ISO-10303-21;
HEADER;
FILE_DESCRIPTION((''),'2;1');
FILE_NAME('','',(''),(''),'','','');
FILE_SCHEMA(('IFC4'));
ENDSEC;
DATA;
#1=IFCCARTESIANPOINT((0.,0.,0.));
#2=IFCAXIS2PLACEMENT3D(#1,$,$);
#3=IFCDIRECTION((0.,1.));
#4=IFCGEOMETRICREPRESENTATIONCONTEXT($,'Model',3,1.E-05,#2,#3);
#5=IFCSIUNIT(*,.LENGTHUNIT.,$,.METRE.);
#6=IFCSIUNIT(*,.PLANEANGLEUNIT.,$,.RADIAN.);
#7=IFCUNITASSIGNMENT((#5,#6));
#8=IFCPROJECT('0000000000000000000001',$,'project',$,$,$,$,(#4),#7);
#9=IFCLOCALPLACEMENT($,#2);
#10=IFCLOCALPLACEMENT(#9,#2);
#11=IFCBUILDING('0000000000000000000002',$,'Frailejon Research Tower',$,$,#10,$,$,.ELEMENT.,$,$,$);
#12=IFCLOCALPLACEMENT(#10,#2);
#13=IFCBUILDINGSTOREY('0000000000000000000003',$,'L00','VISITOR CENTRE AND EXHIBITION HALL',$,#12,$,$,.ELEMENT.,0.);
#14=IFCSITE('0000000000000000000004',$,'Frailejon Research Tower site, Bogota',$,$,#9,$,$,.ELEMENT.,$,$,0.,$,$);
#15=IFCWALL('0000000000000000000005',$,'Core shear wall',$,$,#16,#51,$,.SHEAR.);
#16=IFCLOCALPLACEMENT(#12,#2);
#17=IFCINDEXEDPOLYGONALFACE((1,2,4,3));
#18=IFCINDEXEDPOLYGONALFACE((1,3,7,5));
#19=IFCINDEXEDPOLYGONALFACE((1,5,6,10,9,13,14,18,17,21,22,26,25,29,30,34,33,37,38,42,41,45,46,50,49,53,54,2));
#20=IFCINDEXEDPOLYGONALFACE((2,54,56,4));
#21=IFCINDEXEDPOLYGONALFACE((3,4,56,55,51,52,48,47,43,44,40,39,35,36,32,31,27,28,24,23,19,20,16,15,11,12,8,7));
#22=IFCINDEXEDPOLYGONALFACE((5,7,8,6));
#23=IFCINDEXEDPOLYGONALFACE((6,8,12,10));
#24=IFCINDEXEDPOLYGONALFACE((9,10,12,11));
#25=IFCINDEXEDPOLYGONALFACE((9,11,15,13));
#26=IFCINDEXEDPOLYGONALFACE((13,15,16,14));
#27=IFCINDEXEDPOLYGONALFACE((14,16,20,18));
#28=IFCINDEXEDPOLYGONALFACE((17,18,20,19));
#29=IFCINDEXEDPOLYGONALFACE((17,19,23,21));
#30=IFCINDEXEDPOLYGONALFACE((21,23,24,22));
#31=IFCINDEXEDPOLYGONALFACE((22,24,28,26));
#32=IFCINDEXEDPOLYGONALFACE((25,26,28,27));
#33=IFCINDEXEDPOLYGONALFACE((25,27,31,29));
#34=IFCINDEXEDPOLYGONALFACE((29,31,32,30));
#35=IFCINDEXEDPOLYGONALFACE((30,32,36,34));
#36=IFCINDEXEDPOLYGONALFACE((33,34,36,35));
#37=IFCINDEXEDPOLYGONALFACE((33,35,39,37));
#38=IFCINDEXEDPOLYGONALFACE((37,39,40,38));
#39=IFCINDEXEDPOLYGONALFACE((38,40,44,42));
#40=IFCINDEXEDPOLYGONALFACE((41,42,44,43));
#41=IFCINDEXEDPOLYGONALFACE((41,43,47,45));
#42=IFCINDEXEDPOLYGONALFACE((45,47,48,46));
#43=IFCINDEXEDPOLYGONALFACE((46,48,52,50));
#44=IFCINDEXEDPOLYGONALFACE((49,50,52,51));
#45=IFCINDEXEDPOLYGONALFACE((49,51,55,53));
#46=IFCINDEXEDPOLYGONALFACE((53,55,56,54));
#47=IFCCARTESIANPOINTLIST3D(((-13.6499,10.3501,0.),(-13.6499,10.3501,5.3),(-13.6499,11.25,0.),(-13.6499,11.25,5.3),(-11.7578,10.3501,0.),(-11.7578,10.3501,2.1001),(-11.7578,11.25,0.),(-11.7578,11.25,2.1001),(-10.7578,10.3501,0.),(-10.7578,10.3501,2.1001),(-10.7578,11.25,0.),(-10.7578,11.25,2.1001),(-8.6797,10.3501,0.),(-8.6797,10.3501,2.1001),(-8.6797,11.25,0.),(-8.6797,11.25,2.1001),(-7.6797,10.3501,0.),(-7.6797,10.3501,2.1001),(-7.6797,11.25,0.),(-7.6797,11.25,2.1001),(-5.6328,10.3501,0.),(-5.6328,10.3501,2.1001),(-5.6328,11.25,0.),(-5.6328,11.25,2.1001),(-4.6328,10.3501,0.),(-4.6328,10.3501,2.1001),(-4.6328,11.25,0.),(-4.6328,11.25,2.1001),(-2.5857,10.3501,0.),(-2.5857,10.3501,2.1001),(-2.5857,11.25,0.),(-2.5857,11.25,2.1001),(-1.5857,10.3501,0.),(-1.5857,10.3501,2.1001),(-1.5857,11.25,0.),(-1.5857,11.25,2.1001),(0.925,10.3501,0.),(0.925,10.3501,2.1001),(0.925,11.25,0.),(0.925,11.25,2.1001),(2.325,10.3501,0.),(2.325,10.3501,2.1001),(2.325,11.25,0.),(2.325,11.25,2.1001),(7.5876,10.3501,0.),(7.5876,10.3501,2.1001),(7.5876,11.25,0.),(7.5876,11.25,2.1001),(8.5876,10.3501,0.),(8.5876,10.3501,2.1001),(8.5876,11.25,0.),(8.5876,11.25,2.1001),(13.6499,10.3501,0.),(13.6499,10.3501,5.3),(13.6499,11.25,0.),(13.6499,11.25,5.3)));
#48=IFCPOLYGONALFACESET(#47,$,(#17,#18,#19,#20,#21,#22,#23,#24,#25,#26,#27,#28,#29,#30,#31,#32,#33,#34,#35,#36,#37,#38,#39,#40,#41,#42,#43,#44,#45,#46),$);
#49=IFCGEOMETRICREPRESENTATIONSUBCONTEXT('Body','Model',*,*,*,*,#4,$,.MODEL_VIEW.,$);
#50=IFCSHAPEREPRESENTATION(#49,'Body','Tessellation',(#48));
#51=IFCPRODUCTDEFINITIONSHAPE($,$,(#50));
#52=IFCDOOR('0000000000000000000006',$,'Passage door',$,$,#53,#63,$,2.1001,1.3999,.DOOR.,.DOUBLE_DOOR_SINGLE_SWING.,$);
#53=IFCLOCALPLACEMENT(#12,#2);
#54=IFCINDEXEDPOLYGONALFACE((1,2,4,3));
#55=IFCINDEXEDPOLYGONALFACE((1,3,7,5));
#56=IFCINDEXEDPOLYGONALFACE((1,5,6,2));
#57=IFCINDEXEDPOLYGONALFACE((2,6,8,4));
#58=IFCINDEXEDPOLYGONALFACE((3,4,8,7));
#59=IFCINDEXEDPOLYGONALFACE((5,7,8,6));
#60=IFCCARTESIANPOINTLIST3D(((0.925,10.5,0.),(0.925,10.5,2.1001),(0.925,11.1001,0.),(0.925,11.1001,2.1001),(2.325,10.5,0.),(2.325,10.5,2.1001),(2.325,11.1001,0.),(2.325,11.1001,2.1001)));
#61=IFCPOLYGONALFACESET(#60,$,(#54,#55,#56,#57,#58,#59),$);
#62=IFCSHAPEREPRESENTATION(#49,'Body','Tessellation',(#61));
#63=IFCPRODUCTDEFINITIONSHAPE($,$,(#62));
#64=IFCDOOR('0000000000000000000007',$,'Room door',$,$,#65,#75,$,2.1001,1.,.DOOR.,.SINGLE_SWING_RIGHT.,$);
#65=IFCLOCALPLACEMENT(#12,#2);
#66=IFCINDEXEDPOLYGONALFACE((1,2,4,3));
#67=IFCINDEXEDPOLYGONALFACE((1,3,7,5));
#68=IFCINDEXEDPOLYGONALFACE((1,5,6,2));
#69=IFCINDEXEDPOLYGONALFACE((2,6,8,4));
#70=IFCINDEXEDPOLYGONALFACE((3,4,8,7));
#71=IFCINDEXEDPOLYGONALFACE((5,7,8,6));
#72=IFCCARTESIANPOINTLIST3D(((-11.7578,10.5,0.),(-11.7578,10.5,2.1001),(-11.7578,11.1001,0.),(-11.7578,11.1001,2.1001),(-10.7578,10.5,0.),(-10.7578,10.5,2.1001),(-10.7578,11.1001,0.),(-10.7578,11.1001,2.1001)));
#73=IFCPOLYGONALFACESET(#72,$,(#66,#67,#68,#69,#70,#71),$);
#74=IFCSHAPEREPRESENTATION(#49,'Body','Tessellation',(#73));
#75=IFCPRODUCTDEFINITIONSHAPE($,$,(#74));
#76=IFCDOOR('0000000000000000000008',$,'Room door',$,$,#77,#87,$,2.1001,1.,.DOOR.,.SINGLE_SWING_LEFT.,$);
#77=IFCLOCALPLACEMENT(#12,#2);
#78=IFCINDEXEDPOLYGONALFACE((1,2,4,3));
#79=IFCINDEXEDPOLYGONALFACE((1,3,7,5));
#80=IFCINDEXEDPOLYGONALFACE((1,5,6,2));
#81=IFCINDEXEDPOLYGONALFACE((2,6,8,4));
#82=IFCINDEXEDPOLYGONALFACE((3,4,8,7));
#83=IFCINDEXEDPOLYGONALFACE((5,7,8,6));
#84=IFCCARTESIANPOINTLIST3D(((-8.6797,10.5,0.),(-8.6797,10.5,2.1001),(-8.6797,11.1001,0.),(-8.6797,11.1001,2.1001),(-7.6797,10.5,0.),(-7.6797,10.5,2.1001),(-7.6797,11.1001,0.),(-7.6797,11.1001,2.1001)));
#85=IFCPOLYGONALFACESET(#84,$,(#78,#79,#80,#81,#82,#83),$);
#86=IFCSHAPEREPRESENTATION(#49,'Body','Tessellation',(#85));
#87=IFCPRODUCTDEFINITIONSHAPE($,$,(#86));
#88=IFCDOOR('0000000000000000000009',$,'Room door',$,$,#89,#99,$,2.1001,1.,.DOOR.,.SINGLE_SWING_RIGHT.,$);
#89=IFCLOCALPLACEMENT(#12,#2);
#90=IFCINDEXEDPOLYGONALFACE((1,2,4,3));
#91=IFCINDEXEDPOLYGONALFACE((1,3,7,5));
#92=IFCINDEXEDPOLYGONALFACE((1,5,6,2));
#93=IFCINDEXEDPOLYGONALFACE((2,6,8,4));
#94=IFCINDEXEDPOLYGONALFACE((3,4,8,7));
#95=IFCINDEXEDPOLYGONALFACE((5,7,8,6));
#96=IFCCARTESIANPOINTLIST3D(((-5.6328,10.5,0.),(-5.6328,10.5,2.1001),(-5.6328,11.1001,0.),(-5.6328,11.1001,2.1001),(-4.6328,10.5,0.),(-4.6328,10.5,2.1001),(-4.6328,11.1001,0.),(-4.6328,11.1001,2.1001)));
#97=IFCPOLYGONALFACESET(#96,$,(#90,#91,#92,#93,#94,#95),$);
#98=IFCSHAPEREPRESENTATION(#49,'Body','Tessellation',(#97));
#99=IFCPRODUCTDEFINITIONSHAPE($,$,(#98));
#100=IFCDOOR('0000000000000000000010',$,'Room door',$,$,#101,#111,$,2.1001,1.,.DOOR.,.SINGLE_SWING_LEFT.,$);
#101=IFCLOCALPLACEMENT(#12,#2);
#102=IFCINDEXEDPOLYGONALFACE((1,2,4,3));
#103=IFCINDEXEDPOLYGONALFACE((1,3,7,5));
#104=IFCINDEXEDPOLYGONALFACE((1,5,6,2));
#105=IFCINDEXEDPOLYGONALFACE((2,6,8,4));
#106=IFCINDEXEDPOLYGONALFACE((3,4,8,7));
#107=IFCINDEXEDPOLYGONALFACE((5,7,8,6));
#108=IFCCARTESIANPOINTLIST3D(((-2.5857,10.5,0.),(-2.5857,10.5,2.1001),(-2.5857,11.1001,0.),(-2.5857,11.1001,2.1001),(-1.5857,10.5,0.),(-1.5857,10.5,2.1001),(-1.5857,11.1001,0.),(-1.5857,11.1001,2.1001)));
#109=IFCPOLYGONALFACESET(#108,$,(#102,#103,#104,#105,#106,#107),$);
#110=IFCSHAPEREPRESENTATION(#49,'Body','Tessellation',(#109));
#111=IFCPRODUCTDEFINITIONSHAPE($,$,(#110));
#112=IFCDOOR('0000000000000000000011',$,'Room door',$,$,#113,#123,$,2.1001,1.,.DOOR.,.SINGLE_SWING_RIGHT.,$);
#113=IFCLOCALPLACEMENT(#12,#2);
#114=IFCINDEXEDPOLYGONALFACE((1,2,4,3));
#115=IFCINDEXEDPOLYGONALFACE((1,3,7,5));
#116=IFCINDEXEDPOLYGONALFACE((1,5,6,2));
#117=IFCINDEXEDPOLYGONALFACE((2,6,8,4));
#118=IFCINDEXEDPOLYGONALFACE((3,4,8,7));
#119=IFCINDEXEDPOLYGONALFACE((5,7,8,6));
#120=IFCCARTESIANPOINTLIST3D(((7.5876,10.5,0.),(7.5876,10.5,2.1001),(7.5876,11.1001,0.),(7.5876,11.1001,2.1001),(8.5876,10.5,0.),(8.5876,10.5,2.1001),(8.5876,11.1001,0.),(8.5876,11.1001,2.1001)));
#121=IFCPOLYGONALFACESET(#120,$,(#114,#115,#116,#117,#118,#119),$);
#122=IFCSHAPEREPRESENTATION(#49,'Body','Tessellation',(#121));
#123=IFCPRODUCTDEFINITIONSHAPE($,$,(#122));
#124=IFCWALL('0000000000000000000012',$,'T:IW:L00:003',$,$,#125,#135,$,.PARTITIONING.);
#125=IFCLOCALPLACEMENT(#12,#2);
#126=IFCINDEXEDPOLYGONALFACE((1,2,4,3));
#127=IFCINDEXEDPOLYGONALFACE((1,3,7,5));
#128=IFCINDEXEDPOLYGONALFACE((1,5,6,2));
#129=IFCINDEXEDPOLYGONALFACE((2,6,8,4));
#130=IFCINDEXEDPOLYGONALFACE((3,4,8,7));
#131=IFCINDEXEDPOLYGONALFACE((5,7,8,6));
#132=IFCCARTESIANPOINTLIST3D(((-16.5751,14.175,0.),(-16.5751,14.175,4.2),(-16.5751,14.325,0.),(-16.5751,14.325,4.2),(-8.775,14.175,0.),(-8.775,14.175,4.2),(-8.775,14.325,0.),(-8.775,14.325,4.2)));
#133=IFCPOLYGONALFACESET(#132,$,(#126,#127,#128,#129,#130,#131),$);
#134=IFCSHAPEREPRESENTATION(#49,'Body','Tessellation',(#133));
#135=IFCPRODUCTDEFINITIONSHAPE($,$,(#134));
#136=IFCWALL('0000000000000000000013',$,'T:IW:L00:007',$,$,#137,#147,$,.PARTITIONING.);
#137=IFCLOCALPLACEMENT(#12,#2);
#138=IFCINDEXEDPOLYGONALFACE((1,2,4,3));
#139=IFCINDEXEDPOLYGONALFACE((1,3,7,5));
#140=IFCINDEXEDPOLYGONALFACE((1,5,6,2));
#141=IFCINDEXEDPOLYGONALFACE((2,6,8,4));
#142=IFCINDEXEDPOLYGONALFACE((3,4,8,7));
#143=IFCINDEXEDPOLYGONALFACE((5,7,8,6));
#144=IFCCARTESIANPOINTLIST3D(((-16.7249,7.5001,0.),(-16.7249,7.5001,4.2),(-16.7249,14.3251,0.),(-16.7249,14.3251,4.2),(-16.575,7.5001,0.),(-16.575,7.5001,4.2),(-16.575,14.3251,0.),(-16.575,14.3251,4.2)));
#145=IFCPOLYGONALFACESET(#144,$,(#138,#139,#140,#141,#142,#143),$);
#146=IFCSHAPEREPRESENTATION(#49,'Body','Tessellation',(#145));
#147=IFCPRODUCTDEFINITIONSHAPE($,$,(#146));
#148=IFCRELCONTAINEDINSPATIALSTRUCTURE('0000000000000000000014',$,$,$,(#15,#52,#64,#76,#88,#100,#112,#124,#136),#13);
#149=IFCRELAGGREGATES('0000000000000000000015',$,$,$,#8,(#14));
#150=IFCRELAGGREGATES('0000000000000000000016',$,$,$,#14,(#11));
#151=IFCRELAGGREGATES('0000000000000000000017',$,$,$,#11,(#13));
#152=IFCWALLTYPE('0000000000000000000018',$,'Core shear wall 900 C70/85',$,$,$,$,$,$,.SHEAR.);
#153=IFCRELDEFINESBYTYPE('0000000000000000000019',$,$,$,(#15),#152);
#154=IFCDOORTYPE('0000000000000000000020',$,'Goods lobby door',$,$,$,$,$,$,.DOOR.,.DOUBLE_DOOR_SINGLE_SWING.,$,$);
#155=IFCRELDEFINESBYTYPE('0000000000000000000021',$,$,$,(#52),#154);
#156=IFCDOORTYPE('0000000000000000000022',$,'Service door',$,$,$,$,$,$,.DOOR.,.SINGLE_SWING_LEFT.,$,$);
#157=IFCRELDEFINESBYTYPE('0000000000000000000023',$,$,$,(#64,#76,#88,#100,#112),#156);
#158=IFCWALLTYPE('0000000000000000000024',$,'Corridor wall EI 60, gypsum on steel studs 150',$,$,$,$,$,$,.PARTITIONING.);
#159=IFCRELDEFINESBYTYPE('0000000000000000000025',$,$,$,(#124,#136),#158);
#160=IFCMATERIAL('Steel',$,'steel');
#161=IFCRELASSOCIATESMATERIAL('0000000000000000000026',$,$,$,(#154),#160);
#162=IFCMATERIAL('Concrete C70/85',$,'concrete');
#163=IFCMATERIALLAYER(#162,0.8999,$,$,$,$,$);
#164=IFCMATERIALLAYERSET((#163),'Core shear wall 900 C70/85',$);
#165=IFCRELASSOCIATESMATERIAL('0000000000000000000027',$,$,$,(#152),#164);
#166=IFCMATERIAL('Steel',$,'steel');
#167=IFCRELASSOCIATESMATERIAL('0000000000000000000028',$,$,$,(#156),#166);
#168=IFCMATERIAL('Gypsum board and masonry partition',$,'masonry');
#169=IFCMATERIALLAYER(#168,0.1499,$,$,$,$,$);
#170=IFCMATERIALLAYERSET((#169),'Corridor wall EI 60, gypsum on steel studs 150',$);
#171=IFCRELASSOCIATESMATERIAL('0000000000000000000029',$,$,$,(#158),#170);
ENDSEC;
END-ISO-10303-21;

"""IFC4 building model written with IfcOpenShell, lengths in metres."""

from ifc_helpers import new_model, si_unit, direction, frame, frame_2d, origin, place, context, subcontext, project, spatial, rectangle, extrude, material, layer, layer_set, type_object, element, fill, save


model = new_model("IFC4")

# Units and contexts
model_context = context("Model", 3, precision=1e-05, world=origin(), true_north=direction((0.0, 1.0)))
body_context = subcontext(model_context, "Body", "Model", "MODEL_VIEW")
ifc_project = project(units=[si_unit("LENGTHUNIT", "METRE"), si_unit("PLANEANGLEUNIT", "RADIAN")], contexts=[model_context])

# Site, building, storey
site_placement = place(None, origin())
site = spatial("IfcSite", under=ifc_project, at=site_placement, Name="Frailejon Research Tower site, Bogota", CompositionType="ELEMENT", RefElevation=0.0)
building_placement = place(site_placement, origin())
building = spatial("IfcBuilding", under=site, at=building_placement, Name="Frailejon Research Tower", CompositionType="ELEMENT")
storey_placement = place(building_placement, origin())
storey = spatial("IfcBuildingStorey", under=building, at=storey_placement, Name="L00", Description="VISITOR CENTRE AND EXHIBITION HALL", CompositionType="ELEMENT", Elevation=0.0)

# Shared definitions
ifc_material_1 = material(Name="Steel", Category="steel")
door_type_1 = type_object("IfcDoorType", Name="Goods lobby door", OperationType="DOUBLE_DOOR_SINGLE_SWING", PredefinedType="DOOR", material=ifc_material_1)

# Wall, openings, doors
ifc_material_2 = material(Name="Concrete C70/85", Category="concrete")
ifc_layer_1 = layer(ifc_material_2, 0.8999)
ifc_layer_set_1 = layer_set([ifc_layer_1], Name="Core shear wall 900 C70/85")
wall_type_1 = type_object("IfcWallType", Name="Core shear wall 900 C70/85", PredefinedType="SHEAR", material=ifc_layer_set_1)
wall_1_placement = place(storey_placement, frame((-13.6499, 10.8, 0.0), z_axis=(0.0, 0.0, 1.0), x_axis=(1.0, 0.0, 0.0)))
wall_1 = element("IfcWall", 1, at=wall_1_placement, inside=storey, type_object=wall_type_1, Name="Core shear wall", PredefinedType="SHEAR", context=body_context, shape_type="SweptSolid", body=[
    extrude(rectangle(XDim=27.2998, YDim=0.8999, at=frame_2d((13.6499, 0.0))), origin(), (0.0, 0.0, 1.0), 5.3),
])
opening_1_placement = place(wall_1_placement, frame((1.8921, 0.0, 0.0)))
opening_1 = element("IfcOpeningElement", 2, at=opening_1_placement, cuts=wall_1, PredefinedType="OPENING", context=body_context, shape_type="SweptSolid", body=[
    extrude(rectangle(XDim=1.0, YDim=2.1001, at=frame_2d((0.5, 1.05))), frame((0.0, 0.46, 0.0), z_axis=(0.0, -1.0, 0.0), x_axis=(1.0, 0.0, 0.0)), (0.0, 0.0, 1.0), 0.9199),
])
opening_2_placement = place(wall_1_placement, frame((4.9702, 0.0, 0.0)))
opening_2 = element("IfcOpeningElement", 3, at=opening_2_placement, cuts=wall_1, PredefinedType="OPENING", context=body_context, shape_type="SweptSolid", body=[
    extrude(rectangle(XDim=1.0, YDim=2.1001, at=frame_2d((0.5, 1.05))), frame((0.0, 0.46, 0.0), z_axis=(0.0, -1.0, 0.0), x_axis=(1.0, 0.0, 0.0)), (0.0, 0.0, 1.0), 0.9199),
])
opening_3_placement = place(wall_1_placement, frame((8.0171, 0.0, 0.0)))
opening_3 = element("IfcOpeningElement", 4, at=opening_3_placement, cuts=wall_1, PredefinedType="OPENING", context=body_context, shape_type="SweptSolid", body=[
    extrude(rectangle(XDim=1.0, YDim=2.1001, at=frame_2d((0.5, 1.05))), frame((0.0, 0.46, 0.0), z_axis=(0.0, -1.0, 0.0), x_axis=(1.0, 0.0, 0.0)), (0.0, 0.0, 1.0), 0.9199),
])
opening_4_placement = place(wall_1_placement, frame((11.0642, 0.0, 0.0)))
opening_4 = element("IfcOpeningElement", 5, at=opening_4_placement, cuts=wall_1, PredefinedType="OPENING", context=body_context, shape_type="SweptSolid", body=[
    extrude(rectangle(XDim=1.0, YDim=2.1001, at=frame_2d((0.5, 1.05))), frame((0.0, 0.46, 0.0), z_axis=(0.0, -1.0, 0.0), x_axis=(1.0, 0.0, 0.0)), (0.0, 0.0, 1.0), 0.9199),
])
opening_5_placement = place(wall_1_placement, frame((21.2375, 0.0, 0.0)))
opening_5 = element("IfcOpeningElement", 6, at=opening_5_placement, cuts=wall_1, PredefinedType="OPENING", context=body_context, shape_type="SweptSolid", body=[
    extrude(rectangle(XDim=1.0, YDim=2.1001, at=frame_2d((0.5, 1.05))), frame((0.0, 0.46, 0.0), z_axis=(0.0, -1.0, 0.0), x_axis=(1.0, 0.0, 0.0)), (0.0, 0.0, 1.0), 0.9199),
])
opening_6_placement = place(wall_1_placement, frame((14.575, 0.0, 0.0)))
opening_6 = element("IfcOpeningElement", 7, at=opening_6_placement, cuts=wall_1, PredefinedType="OPENING", context=body_context, shape_type="SweptSolid", body=[
    extrude(rectangle(XDim=1.3999, YDim=2.1001, at=frame_2d((0.7, 1.05))), frame((0.0, 0.46, 0.0), z_axis=(0.0, -1.0, 0.0), x_axis=(1.0, 0.0, 0.0)), (0.0, 0.0, 1.0), 0.9199),
])
door_1_placement = place(opening_6_placement, origin())
door_1 = element("IfcDoor", 8, at=door_1_placement, inside=storey, type_object=door_type_1, Name="Passage door", OperationType="DOUBLE_DOOR_SINGLE_SWING", OverallHeight=2.1001, OverallWidth=1.3999, PredefinedType="DOOR", context=body_context, shape_type="SweptSolid", body=[
    extrude(rectangle(XDim=1.3999, YDim=2.1001, at=frame_2d((0.7, 1.05))), frame((0.0, 0.3, 0.0), z_axis=(0.0, -1.0, 0.0), x_axis=(1.0, 0.0, 0.0)), (0.0, 0.0, 1.0), 0.6001),
])
fill(opening_6, door_1)
ifc_material_3 = material(Name="Steel", Category="steel")
door_type_2 = type_object("IfcDoorType", Name="Service door", OperationType="SINGLE_SWING_LEFT", PredefinedType="DOOR", material=ifc_material_3)
door_2_placement = place(opening_1_placement, origin())
door_2 = element("IfcDoor", 9, at=door_2_placement, inside=storey, type_object=door_type_2, Name="Room door", OperationType="SINGLE_SWING_RIGHT", OverallHeight=2.1001, OverallWidth=1.0, PredefinedType="DOOR", context=body_context, shape_type="SweptSolid", body=[
    extrude(rectangle(XDim=1.0, YDim=2.1001, at=frame_2d((0.5, 1.05))), frame((0.0, 0.3, 0.0), z_axis=(0.0, -1.0, 0.0), x_axis=(1.0, 0.0, 0.0)), (0.0, 0.0, 1.0), 0.6001),
])
fill(opening_1, door_2)
door_3_placement = place(opening_2_placement, origin())
door_3 = element("IfcDoor", 10, at=door_3_placement, inside=storey, type_object=door_type_2, Name="Room door", OperationType="SINGLE_SWING_LEFT", OverallHeight=2.1001, OverallWidth=1.0, PredefinedType="DOOR", context=body_context, shape_type="SweptSolid", body=[
    extrude(rectangle(XDim=1.0, YDim=2.1001, at=frame_2d((0.5, 1.05))), frame((0.0, 0.3, 0.0), z_axis=(0.0, -1.0, 0.0), x_axis=(1.0, 0.0, 0.0)), (0.0, 0.0, 1.0), 0.6001),
])
fill(opening_2, door_3)
door_4_placement = place(opening_3_placement, origin())
door_4 = element("IfcDoor", 11, at=door_4_placement, inside=storey, type_object=door_type_2, Name="Room door", OperationType="SINGLE_SWING_RIGHT", OverallHeight=2.1001, OverallWidth=1.0, PredefinedType="DOOR", context=body_context, shape_type="SweptSolid", body=[
    extrude(rectangle(XDim=1.0, YDim=2.1001, at=frame_2d((0.5, 1.05))), frame((0.0, 0.3, 0.0), z_axis=(0.0, -1.0, 0.0), x_axis=(1.0, 0.0, 0.0)), (0.0, 0.0, 1.0), 0.6001),
])
fill(opening_3, door_4)
door_5_placement = place(opening_4_placement, origin())
door_5 = element("IfcDoor", 12, at=door_5_placement, inside=storey, type_object=door_type_2, Name="Room door", OperationType="SINGLE_SWING_LEFT", OverallHeight=2.1001, OverallWidth=1.0, PredefinedType="DOOR", context=body_context, shape_type="SweptSolid", body=[
    extrude(rectangle(XDim=1.0, YDim=2.1001, at=frame_2d((0.5, 1.05))), frame((0.0, 0.3, 0.0), z_axis=(0.0, -1.0, 0.0), x_axis=(1.0, 0.0, 0.0)), (0.0, 0.0, 1.0), 0.6001),
])
fill(opening_4, door_5)
door_6_placement = place(opening_5_placement, origin())
door_6 = element("IfcDoor", 13, at=door_6_placement, inside=storey, type_object=door_type_2, Name="Room door", OperationType="SINGLE_SWING_RIGHT", OverallHeight=2.1001, OverallWidth=1.0, PredefinedType="DOOR", context=body_context, shape_type="SweptSolid", body=[
    extrude(rectangle(XDim=1.0, YDim=2.1001, at=frame_2d((0.5, 1.05))), frame((0.0, 0.3, 0.0), z_axis=(0.0, -1.0, 0.0), x_axis=(1.0, 0.0, 0.0)), (0.0, 0.0, 1.0), 0.6001),
])
fill(opening_5, door_6)

# Walls
ifc_material_4 = material(Name="Gypsum board and masonry partition", Category="masonry")
ifc_layer_2 = layer(ifc_material_4, 0.1499)
ifc_layer_set_2 = layer_set([ifc_layer_2], Name="Corridor wall EI 60, gypsum on steel studs 150")
wall_type_2 = type_object("IfcWallType", Name="Corridor wall EI 60, gypsum on steel studs 150", PredefinedType="PARTITIONING", material=ifc_layer_set_2)
wall_2_placement = place(storey_placement, frame((-16.575, 14.25, 0.0), z_axis=(0.0, 0.0, 1.0), x_axis=(1.0, 0.0, 0.0)))
element("IfcWall", 14, at=wall_2_placement, inside=storey, type_object=wall_type_2, Name="T:IW:L00:003", PredefinedType="PARTITIONING", context=body_context, shape_type="SweptSolid", body=[
    extrude(rectangle(XDim=7.8, YDim=0.1499, at=frame_2d((3.8999, 0.0))), origin(), (0.0, 0.0, 1.0), 4.2),
])
wall_3_placement = place(storey_placement, frame((-16.6499, 7.5, 0.0), z_axis=(0.0, 0.0, 1.0), x_axis=(0.0, 1.0, 0.0)))
element("IfcWall", 15, at=wall_3_placement, inside=storey, type_object=wall_type_2, Name="T:IW:L00:007", PredefinedType="PARTITIONING", context=body_context, shape_type="SweptSolid", body=[
    extrude(rectangle(XDim=6.825, YDim=0.1499, at=frame_2d((3.4126, 0.0))), origin(), (0.0, 0.0, 1.0), 4.2),
])

save(model, "model.ifc")
